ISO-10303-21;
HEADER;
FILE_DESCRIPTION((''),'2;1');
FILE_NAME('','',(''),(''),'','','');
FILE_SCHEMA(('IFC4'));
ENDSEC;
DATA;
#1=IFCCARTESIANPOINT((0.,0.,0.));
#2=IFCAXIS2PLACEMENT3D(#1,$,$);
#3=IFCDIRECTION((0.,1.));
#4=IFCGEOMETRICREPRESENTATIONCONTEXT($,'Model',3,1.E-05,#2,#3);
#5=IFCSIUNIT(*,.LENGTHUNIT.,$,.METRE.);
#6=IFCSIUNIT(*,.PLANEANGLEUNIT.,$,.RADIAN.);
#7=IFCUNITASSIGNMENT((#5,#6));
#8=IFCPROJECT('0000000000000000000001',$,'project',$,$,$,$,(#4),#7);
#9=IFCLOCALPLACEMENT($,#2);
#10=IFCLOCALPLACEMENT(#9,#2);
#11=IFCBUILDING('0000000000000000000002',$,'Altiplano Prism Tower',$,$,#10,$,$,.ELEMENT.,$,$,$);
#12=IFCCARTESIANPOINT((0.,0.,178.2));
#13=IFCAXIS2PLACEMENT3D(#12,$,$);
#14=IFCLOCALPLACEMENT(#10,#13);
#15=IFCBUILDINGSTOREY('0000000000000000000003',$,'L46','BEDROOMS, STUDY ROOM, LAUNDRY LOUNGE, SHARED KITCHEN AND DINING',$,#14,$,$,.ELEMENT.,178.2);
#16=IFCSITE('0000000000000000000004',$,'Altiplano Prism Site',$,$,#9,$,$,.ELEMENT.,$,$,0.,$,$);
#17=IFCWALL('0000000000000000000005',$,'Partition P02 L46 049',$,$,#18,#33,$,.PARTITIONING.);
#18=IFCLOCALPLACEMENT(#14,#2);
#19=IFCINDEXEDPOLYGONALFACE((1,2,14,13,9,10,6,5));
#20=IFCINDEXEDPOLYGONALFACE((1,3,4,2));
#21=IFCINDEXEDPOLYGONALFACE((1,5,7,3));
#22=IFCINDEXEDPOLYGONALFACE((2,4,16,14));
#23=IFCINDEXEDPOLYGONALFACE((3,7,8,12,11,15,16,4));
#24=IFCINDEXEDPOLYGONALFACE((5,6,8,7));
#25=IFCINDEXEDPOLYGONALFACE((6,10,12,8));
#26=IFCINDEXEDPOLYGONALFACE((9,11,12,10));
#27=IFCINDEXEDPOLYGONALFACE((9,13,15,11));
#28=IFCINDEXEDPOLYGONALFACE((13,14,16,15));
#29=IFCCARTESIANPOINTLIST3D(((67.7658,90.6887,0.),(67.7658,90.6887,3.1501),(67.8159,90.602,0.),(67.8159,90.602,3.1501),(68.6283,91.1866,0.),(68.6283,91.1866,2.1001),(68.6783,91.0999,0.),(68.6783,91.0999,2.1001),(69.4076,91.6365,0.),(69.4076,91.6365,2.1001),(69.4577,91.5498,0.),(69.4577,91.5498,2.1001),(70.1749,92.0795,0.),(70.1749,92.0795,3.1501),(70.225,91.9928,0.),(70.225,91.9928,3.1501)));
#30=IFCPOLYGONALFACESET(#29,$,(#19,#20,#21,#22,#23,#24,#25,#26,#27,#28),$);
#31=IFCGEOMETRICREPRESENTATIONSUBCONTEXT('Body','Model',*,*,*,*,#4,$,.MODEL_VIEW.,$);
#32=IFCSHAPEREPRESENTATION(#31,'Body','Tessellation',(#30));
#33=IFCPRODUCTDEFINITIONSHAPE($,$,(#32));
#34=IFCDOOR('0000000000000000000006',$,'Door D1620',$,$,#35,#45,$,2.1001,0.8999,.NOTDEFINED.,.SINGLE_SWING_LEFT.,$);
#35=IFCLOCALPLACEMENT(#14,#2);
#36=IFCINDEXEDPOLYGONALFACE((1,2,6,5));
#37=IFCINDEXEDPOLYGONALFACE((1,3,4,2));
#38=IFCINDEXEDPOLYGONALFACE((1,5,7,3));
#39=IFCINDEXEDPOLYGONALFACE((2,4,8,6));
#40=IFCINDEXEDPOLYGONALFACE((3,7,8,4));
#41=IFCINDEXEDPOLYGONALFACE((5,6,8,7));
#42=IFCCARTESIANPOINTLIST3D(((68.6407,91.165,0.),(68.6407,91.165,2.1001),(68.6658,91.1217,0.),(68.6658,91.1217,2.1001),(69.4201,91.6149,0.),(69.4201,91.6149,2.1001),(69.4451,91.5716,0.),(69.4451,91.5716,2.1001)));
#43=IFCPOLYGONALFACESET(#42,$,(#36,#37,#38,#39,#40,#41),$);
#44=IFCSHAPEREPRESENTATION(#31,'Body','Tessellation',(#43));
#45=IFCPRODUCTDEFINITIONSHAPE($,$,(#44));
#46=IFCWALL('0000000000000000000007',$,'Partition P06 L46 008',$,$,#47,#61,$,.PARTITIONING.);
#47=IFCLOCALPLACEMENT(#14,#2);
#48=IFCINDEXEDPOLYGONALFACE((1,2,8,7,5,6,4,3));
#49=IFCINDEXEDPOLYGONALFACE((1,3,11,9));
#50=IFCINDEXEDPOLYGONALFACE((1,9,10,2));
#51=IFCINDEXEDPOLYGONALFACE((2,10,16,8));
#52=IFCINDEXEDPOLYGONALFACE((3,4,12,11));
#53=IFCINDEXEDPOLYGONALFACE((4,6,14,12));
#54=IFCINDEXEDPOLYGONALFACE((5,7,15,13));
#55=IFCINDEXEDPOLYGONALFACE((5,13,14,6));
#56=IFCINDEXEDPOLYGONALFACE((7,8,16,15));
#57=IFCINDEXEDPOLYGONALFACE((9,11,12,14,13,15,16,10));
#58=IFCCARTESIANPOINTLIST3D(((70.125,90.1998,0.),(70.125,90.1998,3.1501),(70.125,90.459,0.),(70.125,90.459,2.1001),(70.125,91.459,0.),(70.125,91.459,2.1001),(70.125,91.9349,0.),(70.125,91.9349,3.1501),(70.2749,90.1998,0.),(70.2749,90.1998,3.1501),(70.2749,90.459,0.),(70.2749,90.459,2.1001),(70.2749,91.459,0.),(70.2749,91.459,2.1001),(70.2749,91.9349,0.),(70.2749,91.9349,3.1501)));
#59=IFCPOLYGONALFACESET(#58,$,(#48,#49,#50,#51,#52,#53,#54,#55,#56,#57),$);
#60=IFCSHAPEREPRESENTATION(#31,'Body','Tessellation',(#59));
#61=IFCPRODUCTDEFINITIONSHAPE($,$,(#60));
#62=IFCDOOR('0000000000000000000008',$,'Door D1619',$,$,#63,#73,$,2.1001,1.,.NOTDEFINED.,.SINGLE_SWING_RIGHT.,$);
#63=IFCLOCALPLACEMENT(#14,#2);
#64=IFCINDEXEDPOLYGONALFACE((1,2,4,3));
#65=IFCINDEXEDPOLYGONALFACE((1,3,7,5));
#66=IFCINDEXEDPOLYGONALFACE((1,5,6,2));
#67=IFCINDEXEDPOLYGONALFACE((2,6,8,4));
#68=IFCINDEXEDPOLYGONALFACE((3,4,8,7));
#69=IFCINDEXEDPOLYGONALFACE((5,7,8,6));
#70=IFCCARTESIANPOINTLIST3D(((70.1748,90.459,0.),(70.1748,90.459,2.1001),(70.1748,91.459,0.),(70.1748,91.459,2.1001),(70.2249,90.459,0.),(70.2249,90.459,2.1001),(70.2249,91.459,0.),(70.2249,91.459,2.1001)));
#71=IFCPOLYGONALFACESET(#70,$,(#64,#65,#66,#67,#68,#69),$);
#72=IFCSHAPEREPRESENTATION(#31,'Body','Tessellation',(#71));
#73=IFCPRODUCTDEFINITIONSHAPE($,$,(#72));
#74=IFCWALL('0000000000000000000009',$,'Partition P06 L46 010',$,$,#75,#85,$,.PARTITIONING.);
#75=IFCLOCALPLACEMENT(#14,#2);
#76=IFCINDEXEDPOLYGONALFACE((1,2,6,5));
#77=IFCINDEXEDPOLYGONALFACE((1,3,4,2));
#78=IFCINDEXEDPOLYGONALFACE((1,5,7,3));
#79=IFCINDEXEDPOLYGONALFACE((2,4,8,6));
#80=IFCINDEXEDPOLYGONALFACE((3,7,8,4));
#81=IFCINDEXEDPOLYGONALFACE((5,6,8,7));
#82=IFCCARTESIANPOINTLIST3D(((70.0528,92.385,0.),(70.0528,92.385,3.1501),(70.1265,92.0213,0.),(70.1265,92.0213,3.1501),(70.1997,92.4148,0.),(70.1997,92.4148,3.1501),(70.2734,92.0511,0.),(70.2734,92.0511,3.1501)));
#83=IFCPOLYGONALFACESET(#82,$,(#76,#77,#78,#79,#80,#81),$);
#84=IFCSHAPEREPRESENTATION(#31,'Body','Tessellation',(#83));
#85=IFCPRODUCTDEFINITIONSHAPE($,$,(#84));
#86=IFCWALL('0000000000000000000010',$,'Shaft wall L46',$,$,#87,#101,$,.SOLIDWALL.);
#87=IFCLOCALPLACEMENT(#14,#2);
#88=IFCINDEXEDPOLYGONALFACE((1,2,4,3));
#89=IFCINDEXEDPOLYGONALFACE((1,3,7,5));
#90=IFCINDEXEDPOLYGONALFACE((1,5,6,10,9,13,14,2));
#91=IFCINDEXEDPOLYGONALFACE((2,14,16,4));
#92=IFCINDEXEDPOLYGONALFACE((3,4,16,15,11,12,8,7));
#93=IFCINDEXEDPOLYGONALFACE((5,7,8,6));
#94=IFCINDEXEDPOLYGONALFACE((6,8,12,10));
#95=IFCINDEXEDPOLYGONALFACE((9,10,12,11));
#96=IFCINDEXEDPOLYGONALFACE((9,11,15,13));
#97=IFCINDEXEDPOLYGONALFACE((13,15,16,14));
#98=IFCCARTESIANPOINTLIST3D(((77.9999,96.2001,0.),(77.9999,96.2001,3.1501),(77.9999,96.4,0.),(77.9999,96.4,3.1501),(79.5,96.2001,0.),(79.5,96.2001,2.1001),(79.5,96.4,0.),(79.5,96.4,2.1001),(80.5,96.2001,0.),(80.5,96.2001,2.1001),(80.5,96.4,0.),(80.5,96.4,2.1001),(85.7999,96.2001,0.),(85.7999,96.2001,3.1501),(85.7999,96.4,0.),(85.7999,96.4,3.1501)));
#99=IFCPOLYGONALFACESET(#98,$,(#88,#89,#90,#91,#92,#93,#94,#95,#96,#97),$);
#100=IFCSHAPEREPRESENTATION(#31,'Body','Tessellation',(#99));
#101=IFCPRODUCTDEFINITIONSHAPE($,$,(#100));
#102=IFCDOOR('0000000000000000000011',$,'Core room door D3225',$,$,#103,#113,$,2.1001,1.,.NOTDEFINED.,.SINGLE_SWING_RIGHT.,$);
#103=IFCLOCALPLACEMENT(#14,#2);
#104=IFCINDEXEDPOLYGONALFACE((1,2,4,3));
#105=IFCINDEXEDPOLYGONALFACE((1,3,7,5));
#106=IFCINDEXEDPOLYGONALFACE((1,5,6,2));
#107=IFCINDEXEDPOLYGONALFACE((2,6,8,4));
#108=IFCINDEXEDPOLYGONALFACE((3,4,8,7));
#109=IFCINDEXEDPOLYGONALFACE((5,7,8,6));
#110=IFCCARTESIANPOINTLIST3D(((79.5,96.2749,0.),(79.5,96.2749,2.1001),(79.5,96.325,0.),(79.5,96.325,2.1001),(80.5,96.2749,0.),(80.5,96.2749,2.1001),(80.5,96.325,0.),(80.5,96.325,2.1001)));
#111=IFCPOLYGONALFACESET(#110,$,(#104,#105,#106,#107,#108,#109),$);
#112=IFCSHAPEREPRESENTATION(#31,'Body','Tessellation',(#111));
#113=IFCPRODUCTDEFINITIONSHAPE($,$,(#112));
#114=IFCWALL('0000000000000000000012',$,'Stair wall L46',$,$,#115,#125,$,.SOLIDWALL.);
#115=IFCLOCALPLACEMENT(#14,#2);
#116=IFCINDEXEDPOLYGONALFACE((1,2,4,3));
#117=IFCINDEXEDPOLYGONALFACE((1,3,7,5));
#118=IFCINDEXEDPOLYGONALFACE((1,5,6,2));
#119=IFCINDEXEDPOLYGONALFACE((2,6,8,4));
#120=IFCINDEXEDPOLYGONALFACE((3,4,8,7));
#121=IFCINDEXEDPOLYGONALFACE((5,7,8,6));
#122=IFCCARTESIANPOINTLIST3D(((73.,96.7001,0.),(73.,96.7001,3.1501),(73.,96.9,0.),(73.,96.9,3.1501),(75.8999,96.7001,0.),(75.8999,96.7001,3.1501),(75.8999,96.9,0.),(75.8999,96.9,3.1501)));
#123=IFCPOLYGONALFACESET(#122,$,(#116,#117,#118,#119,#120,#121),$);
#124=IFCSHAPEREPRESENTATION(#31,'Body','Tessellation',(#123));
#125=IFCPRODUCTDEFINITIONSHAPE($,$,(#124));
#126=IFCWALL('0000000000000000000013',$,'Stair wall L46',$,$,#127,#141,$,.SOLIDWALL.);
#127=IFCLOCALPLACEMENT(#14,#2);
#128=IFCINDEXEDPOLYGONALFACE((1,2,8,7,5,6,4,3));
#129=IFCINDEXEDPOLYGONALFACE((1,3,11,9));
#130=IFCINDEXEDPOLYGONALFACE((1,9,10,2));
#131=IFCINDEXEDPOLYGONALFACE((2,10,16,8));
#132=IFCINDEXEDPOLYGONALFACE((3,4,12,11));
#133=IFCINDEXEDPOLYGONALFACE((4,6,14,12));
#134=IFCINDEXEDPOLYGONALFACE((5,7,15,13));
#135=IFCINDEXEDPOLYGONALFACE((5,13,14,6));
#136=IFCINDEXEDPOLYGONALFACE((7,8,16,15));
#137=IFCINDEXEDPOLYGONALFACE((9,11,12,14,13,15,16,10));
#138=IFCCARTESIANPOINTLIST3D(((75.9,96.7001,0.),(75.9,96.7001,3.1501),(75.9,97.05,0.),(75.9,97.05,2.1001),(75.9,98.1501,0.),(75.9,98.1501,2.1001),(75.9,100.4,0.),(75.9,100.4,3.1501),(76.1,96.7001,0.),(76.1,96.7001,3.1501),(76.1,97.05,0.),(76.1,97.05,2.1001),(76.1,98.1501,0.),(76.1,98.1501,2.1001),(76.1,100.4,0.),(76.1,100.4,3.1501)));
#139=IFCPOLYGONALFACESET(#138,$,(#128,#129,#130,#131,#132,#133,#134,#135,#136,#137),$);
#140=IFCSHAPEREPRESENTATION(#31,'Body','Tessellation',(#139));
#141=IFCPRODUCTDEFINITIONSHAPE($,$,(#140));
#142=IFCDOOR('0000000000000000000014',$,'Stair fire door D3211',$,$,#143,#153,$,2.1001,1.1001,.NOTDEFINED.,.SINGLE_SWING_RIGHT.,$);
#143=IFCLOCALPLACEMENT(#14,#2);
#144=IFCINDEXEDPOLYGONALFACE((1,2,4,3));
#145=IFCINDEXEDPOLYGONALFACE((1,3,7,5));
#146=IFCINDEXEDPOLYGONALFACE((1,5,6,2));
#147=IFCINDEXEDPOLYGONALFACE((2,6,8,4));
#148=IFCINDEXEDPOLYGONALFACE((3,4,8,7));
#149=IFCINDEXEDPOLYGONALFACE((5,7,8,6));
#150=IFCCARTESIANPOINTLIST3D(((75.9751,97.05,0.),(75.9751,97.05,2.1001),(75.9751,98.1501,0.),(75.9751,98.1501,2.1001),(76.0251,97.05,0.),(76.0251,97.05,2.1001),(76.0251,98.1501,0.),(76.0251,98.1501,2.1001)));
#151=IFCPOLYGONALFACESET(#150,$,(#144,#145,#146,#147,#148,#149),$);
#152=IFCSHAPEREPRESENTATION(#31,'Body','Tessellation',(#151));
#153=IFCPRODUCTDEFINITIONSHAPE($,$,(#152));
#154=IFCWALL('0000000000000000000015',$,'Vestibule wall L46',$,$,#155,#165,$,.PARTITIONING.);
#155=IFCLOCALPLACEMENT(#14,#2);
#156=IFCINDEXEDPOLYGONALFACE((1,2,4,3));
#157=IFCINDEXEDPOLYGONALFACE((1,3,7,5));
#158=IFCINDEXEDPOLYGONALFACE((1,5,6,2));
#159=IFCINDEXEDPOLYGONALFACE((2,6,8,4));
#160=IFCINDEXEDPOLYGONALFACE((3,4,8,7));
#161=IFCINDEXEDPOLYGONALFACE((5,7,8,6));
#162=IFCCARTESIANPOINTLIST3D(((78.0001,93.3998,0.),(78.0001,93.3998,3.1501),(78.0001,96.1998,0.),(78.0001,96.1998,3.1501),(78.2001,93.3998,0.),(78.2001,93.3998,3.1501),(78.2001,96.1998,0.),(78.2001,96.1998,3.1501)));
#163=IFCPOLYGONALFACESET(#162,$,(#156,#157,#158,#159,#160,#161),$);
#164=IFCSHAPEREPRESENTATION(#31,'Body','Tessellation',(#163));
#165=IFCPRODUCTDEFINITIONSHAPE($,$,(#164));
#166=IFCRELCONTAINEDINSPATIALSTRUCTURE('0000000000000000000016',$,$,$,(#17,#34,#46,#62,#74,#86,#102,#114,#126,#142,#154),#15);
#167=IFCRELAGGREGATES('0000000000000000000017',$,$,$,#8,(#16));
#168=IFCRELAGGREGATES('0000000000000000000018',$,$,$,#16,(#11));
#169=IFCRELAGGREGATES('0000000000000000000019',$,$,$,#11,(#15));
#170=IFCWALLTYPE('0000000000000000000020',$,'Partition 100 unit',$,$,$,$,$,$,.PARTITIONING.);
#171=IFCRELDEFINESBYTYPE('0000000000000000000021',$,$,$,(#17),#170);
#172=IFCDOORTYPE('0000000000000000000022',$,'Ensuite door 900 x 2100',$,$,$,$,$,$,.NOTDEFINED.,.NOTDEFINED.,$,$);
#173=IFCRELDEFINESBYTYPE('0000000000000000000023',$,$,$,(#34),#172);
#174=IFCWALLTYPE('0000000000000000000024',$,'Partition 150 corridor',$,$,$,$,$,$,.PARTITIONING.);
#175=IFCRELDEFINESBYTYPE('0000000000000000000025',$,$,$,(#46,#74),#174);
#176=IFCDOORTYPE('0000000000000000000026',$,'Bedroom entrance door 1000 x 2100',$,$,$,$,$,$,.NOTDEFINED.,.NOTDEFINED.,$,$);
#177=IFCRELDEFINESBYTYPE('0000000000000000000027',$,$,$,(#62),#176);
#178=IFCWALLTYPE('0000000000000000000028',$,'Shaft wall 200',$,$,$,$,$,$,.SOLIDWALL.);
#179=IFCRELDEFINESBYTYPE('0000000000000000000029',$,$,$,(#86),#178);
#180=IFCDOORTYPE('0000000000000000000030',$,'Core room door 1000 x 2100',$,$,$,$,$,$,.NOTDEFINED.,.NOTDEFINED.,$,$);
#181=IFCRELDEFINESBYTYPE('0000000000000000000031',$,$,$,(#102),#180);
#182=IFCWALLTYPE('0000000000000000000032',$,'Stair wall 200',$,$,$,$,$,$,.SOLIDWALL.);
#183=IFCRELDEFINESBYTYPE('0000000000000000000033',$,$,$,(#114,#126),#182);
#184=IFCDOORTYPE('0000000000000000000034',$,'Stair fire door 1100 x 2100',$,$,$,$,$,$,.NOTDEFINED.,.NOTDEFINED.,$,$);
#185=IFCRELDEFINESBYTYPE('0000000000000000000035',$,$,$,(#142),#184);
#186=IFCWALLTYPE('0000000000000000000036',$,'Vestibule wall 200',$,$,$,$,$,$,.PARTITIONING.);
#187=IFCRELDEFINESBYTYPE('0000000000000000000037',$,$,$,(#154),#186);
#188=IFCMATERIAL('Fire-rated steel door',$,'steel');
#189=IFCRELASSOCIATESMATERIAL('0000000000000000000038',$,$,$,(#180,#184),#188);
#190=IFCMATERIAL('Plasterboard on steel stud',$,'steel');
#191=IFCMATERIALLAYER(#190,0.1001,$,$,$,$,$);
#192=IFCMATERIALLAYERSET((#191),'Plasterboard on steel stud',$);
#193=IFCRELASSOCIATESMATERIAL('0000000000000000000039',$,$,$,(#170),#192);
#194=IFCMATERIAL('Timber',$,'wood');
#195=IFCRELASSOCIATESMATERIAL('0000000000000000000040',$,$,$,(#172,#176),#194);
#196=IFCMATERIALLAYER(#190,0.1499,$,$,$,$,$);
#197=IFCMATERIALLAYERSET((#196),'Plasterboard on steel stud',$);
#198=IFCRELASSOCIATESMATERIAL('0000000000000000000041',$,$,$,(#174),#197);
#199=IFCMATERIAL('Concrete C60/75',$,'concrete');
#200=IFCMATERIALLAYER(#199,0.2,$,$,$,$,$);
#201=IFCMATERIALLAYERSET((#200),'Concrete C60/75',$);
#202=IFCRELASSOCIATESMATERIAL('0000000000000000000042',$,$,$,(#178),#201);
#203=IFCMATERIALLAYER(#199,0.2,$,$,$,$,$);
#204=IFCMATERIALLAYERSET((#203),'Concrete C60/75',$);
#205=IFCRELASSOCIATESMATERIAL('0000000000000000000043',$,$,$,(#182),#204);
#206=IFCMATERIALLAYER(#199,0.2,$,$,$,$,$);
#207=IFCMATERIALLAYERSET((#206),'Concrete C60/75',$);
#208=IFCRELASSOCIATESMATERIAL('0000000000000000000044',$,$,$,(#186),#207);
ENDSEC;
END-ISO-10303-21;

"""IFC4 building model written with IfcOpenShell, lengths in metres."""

from ifc_helpers import new_model, si_unit, direction, frame, frame_2d, origin, place, context, subcontext, project, spatial, rectangle, extrude, material, layer, layer_set, type_object, element, fill, save


model = new_model("IFC4")

# Units and contexts
model_context = context("Model", 3, precision=1e-05, world=origin(), true_north=direction((0.0, 1.0)))
body_context = subcontext(model_context, "Body", "Model", "MODEL_VIEW")
ifc_project = project(units=[si_unit("LENGTHUNIT", "METRE"), si_unit("PLANEANGLEUNIT", "RADIAN")], contexts=[model_context])

# Site, building, storey
site_placement = place(None, origin())
site = spatial("IfcSite", under=ifc_project, at=site_placement, Name="Altiplano Prism Site", CompositionType="ELEMENT", RefElevation=0.0)
building_placement = place(site_placement, origin())
building = spatial("IfcBuilding", under=site, at=building_placement, Name="Altiplano Prism Tower", CompositionType="ELEMENT")
storey_placement = place(building_placement, frame((0.0, 0.0, 178.2)))
storey = spatial("IfcBuildingStorey", under=building, at=storey_placement, Name="L46", Description="BEDROOMS, STUDY ROOM, LAUNDRY LOUNGE, SHARED KITCHEN AND DINING", CompositionType="ELEMENT", Elevation=178.2)

# Shared definitions
ifc_material_1 = material(Name="Concrete C60/75", Category="concrete")

# Shared definitions
ifc_material_2 = material(Name="Fire-rated steel door", Category="steel")
door_type_1 = type_object("IfcDoorType", Name="Core room door 1000 x 2100", OperationType="NOTDEFINED", PredefinedType="NOTDEFINED", material=ifc_material_2)

# Walls, openings, doors
ifc_material_3 = material(Name="Plasterboard on steel stud", Category="steel")
ifc_layer_1 = layer(ifc_material_3, 0.1001)
ifc_layer_set_1 = layer_set([ifc_layer_1], Name="Plasterboard on steel stud")
wall_type_1 = type_object("IfcWallType", Name="Partition 100 unit", PredefinedType="PARTITIONING", material=ifc_layer_set_1)
wall_1_placement = place(storey_placement, frame((70.2, 92.0361, 0.0), z_axis=(0.0, 0.0, 1.0), x_axis=(-0.866037, -0.499981, 0.0)))
wall_1 = element("IfcWall", 1, at=wall_1_placement, inside=storey, type_object=wall_type_1, Name="Partition P02 L46 049", PredefinedType="PARTITIONING", context=body_context, shape_type="SweptSolid", body=[
    extrude(rectangle(XDim=2.7817, YDim=0.1001, at=frame_2d((1.3909, 0.0))), origin(), (0.0, 0.0, 1.0), 3.1501),
])
opening_1_placement = place(wall_1_placement, frame((0.886, 0.0, 0.0)))
opening_1 = element("IfcOpeningElement", 2, at=opening_1_placement, cuts=wall_1, PredefinedType="OPENING", context=body_context, shape_type="SweptSolid", body=[
    extrude(rectangle(XDim=0.8999, YDim=2.1001, at=frame_2d((0.45, 1.05))), frame((0.0, 0.0605, 0.0), z_axis=(0.0, -1.0, 0.0), x_axis=(1.0, 0.0, 0.0)), (0.0, 0.0, 1.0), 0.1211),
])
ifc_material_4 = material(Name="Timber", Category="wood")
door_type_2 = type_object("IfcDoorType", Name="Ensuite door 900 x 2100", OperationType="NOTDEFINED", PredefinedType="NOTDEFINED", material=ifc_material_4)
door_1_placement = place(opening_1_placement, origin())
door_1 = element("IfcDoor", 3, at=door_1_placement, inside=storey, type_object=door_type_2, Name="Door D1620", OperationType="SINGLE_SWING_LEFT", OverallHeight=2.1001, OverallWidth=0.8999, PredefinedType="NOTDEFINED", context=body_context, shape_type="SweptSolid", body=[
    extrude(rectangle(XDim=0.8999, YDim=2.1001, at=frame_2d((0.45, 1.05))), frame((0.0, 0.0249, 0.0), z_axis=(0.0, -1.0, 0.0), x_axis=(1.0, 0.0, 0.0)), (0.0, 0.0, 1.0), 0.05),
])
fill(opening_1, door_1)
ifc_layer_2 = layer(ifc_material_3, 0.1499)
ifc_layer_set_2 = layer_set([ifc_layer_2], Name="Plasterboard on steel stud")
wall_type_2 = type_object("IfcWallType", Name="Partition 150 corridor", PredefinedType="PARTITIONING", material=ifc_layer_set_2)
wall_2_placement = place(storey_placement, frame((70.2, 91.9351, 0.0), z_axis=(0.0, 0.0, 1.0), x_axis=(0.0, -1.0, 0.0)))
wall_2 = element("IfcWall", 4, at=wall_2_placement, inside=storey, type_object=wall_type_2, Name="Partition P06 L46 008", PredefinedType="PARTITIONING", context=body_context, shape_type="SweptSolid", body=[
    extrude(rectangle(XDim=1.7351, YDim=0.1499, at=frame_2d((0.8677, 0.0))), origin(), (0.0, 0.0, 1.0), 3.1501),
])
opening_2_placement = place(wall_2_placement, frame((0.4761, 0.0, 0.0)))
opening_2 = element("IfcOpeningElement", 5, at=opening_2_placement, cuts=wall_2, PredefinedType="OPENING", context=body_context, shape_type="SweptSolid", body=[
    extrude(rectangle(XDim=1.0, YDim=2.1001, at=frame_2d((0.5, 1.05))), frame((0.0, 0.0854, 0.0), z_axis=(0.0, -1.0, 0.0), x_axis=(1.0, 0.0, 0.0)), (0.0, 0.0, 1.0), 0.1709),
])
door_type_3 = type_object("IfcDoorType", Name="Bedroom entrance door 1000 x 2100", OperationType="NOTDEFINED", PredefinedType="NOTDEFINED", material=ifc_material_4)
door_2_placement = place(opening_2_placement, origin())
door_2 = element("IfcDoor", 6, at=door_2_placement, inside=storey, type_object=door_type_3, Name="Door D1619", OperationType="SINGLE_SWING_RIGHT", OverallHeight=2.1001, OverallWidth=1.0, PredefinedType="NOTDEFINED", context=body_context, shape_type="SweptSolid", body=[
    extrude(rectangle(XDim=1.0, YDim=2.1001, at=frame_2d((0.5, 1.05))), frame((0.0, 0.0249, 0.0), z_axis=(0.0, -1.0, 0.0), x_axis=(1.0, 0.0, 0.0)), (0.0, 0.0, 1.0), 0.05),
])
fill(opening_2, door_2)

# Wall
wall_3_placement = place(storey_placement, frame((70.1262, 92.3999, 0.0), z_axis=(0.0, 0.0, 1.0), x_axis=(0.198645, -0.980071, 0.0)))
element("IfcWall", 7, at=wall_3_placement, inside=storey, type_object=wall_type_2, Name="Partition P06 L46 010", PredefinedType="PARTITIONING", context=body_context, shape_type="SweptSolid", body=[
    extrude(rectangle(XDim=0.3711, YDim=0.1499, at=frame_2d((0.1855, 0.0))), origin(), (0.0, 0.0, 1.0), 3.1501),
])

# Wall, opening, door
ifc_layer_3 = layer(ifc_material_1, 0.2)
ifc_layer_set_3 = layer_set([ifc_layer_3], Name="Concrete C60/75")
wall_type_3 = type_object("IfcWallType", Name="Shaft wall 200", PredefinedType="SOLIDWALL", material=ifc_layer_set_3)
wall_4_placement = place(storey_placement, frame((78.0, 96.3, 0.0), z_axis=(0.0, 0.0, 1.0), x_axis=(1.0, 0.0, 0.0)))
wall_4 = element("IfcWall", 8, at=wall_4_placement, inside=storey, type_object=wall_type_3, Name="Shaft wall L46", PredefinedType="SOLIDWALL", context=body_context, shape_type="SweptSolid", body=[
    extrude(rectangle(XDim=7.8, YDim=0.2, at=frame_2d((3.8999, 0.0))), origin(), (0.0, 0.0, 1.0), 3.1501),
])
opening_3_placement = place(wall_4_placement, frame((1.5, 0.0, 0.0)))
opening_3 = element("IfcOpeningElement", 9, at=opening_3_placement, cuts=wall_4, PredefinedType="OPENING", context=body_context, shape_type="SweptSolid", body=[
    extrude(rectangle(XDim=1.0, YDim=2.1001, at=frame_2d((0.5, 1.05))), frame((0.0, 0.1104, 0.0), z_axis=(0.0, -1.0, 0.0), x_axis=(1.0, 0.0, 0.0)), (0.0, 0.0, 1.0), 0.2209),
])
door_3_placement = place(opening_3_placement, origin())
door_3 = element("IfcDoor", 10, at=door_3_placement, inside=storey, type_object=door_type_1, Name="Core room door D3225", OperationType="SINGLE_SWING_RIGHT", OverallHeight=2.1001, OverallWidth=1.0, PredefinedType="NOTDEFINED", context=body_context, shape_type="SweptSolid", body=[
    extrude(rectangle(XDim=1.0, YDim=2.1001, at=frame_2d((0.5, 1.05))), frame((0.0, 0.0249, 0.0), z_axis=(0.0, -1.0, 0.0), x_axis=(1.0, 0.0, 0.0)), (0.0, 0.0, 1.0), 0.05),
])
fill(opening_3, door_3)

# Wall
ifc_layer_4 = layer(ifc_material_1, 0.2)
ifc_layer_set_4 = layer_set([ifc_layer_4], Name="Concrete C60/75")
wall_type_4 = type_object("IfcWallType", Name="Stair wall 200", PredefinedType="SOLIDWALL", material=ifc_layer_set_4)
wall_5_placement = place(storey_placement, frame((73.0, 96.8, 0.0), z_axis=(0.0, 0.0, 1.0), x_axis=(1.0, 0.0, 0.0)))
element("IfcWall", 11, at=wall_5_placement, inside=storey, type_object=wall_type_4, Name="Stair wall L46", PredefinedType="SOLIDWALL", context=body_context, shape_type="SweptSolid", body=[
    extrude(rectangle(XDim=2.8999, YDim=0.2, at=frame_2d((1.45, 0.0))), origin(), (0.0, 0.0, 1.0), 3.1501),
])

# Wall, opening, door
wall_6_placement = place(storey_placement, frame((76.0, 96.7, 0.0), z_axis=(0.0, 0.0, 1.0), x_axis=(0.0, 1.0, 0.0)))
wall_6 = element("IfcWall", 12, at=wall_6_placement, inside=storey, type_object=wall_type_4, Name="Stair wall L46", PredefinedType="SOLIDWALL", context=body_context, shape_type="SweptSolid", body=[
    extrude(rectangle(XDim=3.7, YDim=0.2, at=frame_2d((1.8501, 0.0))), origin(), (0.0, 0.0, 1.0), 3.1501),
])
opening_4_placement = place(wall_6_placement, frame((0.3501, 0.0, 0.0)))
opening_4 = element("IfcOpeningElement", 13, at=opening_4_placement, cuts=wall_6, PredefinedType="OPENING", context=body_context, shape_type="SweptSolid", body=[
    extrude(rectangle(XDim=1.1001, YDim=2.1001, at=frame_2d((0.55, 1.05))), frame((0.0, 0.1104, 0.0), z_axis=(0.0, -1.0, 0.0), x_axis=(1.0, 0.0, 0.0)), (0.0, 0.0, 1.0), 0.2209),
])
door_type_4 = type_object("IfcDoorType", Name="Stair fire door 1100 x 2100", OperationType="NOTDEFINED", PredefinedType="NOTDEFINED", material=ifc_material_2)
door_4_placement = place(opening_4_placement, origin())
door_4 = element("IfcDoor", 14, at=door_4_placement, inside=storey, type_object=door_type_4, Name="Stair fire door D3211", OperationType="SINGLE_SWING_RIGHT", OverallHeight=2.1001, OverallWidth=1.1001, PredefinedType="NOTDEFINED", context=body_context, shape_type="SweptSolid", body=[
    extrude(rectangle(XDim=1.1001, YDim=2.1001, at=frame_2d((0.55, 1.05))), frame((0.0, 0.0249, 0.0), z_axis=(0.0, -1.0, 0.0), x_axis=(1.0, 0.0, 0.0)), (0.0, 0.0, 1.0), 0.05),
])
fill(opening_4, door_4)

# Wall
ifc_layer_5 = layer(ifc_material_1, 0.2)
ifc_layer_set_5 = layer_set([ifc_layer_5], Name="Concrete C60/75")
wall_type_5 = type_object("IfcWallType", Name="Vestibule wall 200", PredefinedType="PARTITIONING", material=ifc_layer_set_5)
wall_7_placement = place(storey_placement, frame((78.1001, 93.3999, 0.0), z_axis=(0.0, 0.0, 1.0), x_axis=(0.0, 1.0, 0.0)))
element("IfcWall", 15, at=wall_7_placement, inside=storey, type_object=wall_type_5, Name="Vestibule wall L46", PredefinedType="PARTITIONING", context=body_context, shape_type="SweptSolid", body=[
    extrude(rectangle(XDim=2.8, YDim=0.2, at=frame_2d((1.3999, 0.0))), origin(), (0.0, 0.0, 1.0), 3.1501),
])

save(model, "model.ifc")
